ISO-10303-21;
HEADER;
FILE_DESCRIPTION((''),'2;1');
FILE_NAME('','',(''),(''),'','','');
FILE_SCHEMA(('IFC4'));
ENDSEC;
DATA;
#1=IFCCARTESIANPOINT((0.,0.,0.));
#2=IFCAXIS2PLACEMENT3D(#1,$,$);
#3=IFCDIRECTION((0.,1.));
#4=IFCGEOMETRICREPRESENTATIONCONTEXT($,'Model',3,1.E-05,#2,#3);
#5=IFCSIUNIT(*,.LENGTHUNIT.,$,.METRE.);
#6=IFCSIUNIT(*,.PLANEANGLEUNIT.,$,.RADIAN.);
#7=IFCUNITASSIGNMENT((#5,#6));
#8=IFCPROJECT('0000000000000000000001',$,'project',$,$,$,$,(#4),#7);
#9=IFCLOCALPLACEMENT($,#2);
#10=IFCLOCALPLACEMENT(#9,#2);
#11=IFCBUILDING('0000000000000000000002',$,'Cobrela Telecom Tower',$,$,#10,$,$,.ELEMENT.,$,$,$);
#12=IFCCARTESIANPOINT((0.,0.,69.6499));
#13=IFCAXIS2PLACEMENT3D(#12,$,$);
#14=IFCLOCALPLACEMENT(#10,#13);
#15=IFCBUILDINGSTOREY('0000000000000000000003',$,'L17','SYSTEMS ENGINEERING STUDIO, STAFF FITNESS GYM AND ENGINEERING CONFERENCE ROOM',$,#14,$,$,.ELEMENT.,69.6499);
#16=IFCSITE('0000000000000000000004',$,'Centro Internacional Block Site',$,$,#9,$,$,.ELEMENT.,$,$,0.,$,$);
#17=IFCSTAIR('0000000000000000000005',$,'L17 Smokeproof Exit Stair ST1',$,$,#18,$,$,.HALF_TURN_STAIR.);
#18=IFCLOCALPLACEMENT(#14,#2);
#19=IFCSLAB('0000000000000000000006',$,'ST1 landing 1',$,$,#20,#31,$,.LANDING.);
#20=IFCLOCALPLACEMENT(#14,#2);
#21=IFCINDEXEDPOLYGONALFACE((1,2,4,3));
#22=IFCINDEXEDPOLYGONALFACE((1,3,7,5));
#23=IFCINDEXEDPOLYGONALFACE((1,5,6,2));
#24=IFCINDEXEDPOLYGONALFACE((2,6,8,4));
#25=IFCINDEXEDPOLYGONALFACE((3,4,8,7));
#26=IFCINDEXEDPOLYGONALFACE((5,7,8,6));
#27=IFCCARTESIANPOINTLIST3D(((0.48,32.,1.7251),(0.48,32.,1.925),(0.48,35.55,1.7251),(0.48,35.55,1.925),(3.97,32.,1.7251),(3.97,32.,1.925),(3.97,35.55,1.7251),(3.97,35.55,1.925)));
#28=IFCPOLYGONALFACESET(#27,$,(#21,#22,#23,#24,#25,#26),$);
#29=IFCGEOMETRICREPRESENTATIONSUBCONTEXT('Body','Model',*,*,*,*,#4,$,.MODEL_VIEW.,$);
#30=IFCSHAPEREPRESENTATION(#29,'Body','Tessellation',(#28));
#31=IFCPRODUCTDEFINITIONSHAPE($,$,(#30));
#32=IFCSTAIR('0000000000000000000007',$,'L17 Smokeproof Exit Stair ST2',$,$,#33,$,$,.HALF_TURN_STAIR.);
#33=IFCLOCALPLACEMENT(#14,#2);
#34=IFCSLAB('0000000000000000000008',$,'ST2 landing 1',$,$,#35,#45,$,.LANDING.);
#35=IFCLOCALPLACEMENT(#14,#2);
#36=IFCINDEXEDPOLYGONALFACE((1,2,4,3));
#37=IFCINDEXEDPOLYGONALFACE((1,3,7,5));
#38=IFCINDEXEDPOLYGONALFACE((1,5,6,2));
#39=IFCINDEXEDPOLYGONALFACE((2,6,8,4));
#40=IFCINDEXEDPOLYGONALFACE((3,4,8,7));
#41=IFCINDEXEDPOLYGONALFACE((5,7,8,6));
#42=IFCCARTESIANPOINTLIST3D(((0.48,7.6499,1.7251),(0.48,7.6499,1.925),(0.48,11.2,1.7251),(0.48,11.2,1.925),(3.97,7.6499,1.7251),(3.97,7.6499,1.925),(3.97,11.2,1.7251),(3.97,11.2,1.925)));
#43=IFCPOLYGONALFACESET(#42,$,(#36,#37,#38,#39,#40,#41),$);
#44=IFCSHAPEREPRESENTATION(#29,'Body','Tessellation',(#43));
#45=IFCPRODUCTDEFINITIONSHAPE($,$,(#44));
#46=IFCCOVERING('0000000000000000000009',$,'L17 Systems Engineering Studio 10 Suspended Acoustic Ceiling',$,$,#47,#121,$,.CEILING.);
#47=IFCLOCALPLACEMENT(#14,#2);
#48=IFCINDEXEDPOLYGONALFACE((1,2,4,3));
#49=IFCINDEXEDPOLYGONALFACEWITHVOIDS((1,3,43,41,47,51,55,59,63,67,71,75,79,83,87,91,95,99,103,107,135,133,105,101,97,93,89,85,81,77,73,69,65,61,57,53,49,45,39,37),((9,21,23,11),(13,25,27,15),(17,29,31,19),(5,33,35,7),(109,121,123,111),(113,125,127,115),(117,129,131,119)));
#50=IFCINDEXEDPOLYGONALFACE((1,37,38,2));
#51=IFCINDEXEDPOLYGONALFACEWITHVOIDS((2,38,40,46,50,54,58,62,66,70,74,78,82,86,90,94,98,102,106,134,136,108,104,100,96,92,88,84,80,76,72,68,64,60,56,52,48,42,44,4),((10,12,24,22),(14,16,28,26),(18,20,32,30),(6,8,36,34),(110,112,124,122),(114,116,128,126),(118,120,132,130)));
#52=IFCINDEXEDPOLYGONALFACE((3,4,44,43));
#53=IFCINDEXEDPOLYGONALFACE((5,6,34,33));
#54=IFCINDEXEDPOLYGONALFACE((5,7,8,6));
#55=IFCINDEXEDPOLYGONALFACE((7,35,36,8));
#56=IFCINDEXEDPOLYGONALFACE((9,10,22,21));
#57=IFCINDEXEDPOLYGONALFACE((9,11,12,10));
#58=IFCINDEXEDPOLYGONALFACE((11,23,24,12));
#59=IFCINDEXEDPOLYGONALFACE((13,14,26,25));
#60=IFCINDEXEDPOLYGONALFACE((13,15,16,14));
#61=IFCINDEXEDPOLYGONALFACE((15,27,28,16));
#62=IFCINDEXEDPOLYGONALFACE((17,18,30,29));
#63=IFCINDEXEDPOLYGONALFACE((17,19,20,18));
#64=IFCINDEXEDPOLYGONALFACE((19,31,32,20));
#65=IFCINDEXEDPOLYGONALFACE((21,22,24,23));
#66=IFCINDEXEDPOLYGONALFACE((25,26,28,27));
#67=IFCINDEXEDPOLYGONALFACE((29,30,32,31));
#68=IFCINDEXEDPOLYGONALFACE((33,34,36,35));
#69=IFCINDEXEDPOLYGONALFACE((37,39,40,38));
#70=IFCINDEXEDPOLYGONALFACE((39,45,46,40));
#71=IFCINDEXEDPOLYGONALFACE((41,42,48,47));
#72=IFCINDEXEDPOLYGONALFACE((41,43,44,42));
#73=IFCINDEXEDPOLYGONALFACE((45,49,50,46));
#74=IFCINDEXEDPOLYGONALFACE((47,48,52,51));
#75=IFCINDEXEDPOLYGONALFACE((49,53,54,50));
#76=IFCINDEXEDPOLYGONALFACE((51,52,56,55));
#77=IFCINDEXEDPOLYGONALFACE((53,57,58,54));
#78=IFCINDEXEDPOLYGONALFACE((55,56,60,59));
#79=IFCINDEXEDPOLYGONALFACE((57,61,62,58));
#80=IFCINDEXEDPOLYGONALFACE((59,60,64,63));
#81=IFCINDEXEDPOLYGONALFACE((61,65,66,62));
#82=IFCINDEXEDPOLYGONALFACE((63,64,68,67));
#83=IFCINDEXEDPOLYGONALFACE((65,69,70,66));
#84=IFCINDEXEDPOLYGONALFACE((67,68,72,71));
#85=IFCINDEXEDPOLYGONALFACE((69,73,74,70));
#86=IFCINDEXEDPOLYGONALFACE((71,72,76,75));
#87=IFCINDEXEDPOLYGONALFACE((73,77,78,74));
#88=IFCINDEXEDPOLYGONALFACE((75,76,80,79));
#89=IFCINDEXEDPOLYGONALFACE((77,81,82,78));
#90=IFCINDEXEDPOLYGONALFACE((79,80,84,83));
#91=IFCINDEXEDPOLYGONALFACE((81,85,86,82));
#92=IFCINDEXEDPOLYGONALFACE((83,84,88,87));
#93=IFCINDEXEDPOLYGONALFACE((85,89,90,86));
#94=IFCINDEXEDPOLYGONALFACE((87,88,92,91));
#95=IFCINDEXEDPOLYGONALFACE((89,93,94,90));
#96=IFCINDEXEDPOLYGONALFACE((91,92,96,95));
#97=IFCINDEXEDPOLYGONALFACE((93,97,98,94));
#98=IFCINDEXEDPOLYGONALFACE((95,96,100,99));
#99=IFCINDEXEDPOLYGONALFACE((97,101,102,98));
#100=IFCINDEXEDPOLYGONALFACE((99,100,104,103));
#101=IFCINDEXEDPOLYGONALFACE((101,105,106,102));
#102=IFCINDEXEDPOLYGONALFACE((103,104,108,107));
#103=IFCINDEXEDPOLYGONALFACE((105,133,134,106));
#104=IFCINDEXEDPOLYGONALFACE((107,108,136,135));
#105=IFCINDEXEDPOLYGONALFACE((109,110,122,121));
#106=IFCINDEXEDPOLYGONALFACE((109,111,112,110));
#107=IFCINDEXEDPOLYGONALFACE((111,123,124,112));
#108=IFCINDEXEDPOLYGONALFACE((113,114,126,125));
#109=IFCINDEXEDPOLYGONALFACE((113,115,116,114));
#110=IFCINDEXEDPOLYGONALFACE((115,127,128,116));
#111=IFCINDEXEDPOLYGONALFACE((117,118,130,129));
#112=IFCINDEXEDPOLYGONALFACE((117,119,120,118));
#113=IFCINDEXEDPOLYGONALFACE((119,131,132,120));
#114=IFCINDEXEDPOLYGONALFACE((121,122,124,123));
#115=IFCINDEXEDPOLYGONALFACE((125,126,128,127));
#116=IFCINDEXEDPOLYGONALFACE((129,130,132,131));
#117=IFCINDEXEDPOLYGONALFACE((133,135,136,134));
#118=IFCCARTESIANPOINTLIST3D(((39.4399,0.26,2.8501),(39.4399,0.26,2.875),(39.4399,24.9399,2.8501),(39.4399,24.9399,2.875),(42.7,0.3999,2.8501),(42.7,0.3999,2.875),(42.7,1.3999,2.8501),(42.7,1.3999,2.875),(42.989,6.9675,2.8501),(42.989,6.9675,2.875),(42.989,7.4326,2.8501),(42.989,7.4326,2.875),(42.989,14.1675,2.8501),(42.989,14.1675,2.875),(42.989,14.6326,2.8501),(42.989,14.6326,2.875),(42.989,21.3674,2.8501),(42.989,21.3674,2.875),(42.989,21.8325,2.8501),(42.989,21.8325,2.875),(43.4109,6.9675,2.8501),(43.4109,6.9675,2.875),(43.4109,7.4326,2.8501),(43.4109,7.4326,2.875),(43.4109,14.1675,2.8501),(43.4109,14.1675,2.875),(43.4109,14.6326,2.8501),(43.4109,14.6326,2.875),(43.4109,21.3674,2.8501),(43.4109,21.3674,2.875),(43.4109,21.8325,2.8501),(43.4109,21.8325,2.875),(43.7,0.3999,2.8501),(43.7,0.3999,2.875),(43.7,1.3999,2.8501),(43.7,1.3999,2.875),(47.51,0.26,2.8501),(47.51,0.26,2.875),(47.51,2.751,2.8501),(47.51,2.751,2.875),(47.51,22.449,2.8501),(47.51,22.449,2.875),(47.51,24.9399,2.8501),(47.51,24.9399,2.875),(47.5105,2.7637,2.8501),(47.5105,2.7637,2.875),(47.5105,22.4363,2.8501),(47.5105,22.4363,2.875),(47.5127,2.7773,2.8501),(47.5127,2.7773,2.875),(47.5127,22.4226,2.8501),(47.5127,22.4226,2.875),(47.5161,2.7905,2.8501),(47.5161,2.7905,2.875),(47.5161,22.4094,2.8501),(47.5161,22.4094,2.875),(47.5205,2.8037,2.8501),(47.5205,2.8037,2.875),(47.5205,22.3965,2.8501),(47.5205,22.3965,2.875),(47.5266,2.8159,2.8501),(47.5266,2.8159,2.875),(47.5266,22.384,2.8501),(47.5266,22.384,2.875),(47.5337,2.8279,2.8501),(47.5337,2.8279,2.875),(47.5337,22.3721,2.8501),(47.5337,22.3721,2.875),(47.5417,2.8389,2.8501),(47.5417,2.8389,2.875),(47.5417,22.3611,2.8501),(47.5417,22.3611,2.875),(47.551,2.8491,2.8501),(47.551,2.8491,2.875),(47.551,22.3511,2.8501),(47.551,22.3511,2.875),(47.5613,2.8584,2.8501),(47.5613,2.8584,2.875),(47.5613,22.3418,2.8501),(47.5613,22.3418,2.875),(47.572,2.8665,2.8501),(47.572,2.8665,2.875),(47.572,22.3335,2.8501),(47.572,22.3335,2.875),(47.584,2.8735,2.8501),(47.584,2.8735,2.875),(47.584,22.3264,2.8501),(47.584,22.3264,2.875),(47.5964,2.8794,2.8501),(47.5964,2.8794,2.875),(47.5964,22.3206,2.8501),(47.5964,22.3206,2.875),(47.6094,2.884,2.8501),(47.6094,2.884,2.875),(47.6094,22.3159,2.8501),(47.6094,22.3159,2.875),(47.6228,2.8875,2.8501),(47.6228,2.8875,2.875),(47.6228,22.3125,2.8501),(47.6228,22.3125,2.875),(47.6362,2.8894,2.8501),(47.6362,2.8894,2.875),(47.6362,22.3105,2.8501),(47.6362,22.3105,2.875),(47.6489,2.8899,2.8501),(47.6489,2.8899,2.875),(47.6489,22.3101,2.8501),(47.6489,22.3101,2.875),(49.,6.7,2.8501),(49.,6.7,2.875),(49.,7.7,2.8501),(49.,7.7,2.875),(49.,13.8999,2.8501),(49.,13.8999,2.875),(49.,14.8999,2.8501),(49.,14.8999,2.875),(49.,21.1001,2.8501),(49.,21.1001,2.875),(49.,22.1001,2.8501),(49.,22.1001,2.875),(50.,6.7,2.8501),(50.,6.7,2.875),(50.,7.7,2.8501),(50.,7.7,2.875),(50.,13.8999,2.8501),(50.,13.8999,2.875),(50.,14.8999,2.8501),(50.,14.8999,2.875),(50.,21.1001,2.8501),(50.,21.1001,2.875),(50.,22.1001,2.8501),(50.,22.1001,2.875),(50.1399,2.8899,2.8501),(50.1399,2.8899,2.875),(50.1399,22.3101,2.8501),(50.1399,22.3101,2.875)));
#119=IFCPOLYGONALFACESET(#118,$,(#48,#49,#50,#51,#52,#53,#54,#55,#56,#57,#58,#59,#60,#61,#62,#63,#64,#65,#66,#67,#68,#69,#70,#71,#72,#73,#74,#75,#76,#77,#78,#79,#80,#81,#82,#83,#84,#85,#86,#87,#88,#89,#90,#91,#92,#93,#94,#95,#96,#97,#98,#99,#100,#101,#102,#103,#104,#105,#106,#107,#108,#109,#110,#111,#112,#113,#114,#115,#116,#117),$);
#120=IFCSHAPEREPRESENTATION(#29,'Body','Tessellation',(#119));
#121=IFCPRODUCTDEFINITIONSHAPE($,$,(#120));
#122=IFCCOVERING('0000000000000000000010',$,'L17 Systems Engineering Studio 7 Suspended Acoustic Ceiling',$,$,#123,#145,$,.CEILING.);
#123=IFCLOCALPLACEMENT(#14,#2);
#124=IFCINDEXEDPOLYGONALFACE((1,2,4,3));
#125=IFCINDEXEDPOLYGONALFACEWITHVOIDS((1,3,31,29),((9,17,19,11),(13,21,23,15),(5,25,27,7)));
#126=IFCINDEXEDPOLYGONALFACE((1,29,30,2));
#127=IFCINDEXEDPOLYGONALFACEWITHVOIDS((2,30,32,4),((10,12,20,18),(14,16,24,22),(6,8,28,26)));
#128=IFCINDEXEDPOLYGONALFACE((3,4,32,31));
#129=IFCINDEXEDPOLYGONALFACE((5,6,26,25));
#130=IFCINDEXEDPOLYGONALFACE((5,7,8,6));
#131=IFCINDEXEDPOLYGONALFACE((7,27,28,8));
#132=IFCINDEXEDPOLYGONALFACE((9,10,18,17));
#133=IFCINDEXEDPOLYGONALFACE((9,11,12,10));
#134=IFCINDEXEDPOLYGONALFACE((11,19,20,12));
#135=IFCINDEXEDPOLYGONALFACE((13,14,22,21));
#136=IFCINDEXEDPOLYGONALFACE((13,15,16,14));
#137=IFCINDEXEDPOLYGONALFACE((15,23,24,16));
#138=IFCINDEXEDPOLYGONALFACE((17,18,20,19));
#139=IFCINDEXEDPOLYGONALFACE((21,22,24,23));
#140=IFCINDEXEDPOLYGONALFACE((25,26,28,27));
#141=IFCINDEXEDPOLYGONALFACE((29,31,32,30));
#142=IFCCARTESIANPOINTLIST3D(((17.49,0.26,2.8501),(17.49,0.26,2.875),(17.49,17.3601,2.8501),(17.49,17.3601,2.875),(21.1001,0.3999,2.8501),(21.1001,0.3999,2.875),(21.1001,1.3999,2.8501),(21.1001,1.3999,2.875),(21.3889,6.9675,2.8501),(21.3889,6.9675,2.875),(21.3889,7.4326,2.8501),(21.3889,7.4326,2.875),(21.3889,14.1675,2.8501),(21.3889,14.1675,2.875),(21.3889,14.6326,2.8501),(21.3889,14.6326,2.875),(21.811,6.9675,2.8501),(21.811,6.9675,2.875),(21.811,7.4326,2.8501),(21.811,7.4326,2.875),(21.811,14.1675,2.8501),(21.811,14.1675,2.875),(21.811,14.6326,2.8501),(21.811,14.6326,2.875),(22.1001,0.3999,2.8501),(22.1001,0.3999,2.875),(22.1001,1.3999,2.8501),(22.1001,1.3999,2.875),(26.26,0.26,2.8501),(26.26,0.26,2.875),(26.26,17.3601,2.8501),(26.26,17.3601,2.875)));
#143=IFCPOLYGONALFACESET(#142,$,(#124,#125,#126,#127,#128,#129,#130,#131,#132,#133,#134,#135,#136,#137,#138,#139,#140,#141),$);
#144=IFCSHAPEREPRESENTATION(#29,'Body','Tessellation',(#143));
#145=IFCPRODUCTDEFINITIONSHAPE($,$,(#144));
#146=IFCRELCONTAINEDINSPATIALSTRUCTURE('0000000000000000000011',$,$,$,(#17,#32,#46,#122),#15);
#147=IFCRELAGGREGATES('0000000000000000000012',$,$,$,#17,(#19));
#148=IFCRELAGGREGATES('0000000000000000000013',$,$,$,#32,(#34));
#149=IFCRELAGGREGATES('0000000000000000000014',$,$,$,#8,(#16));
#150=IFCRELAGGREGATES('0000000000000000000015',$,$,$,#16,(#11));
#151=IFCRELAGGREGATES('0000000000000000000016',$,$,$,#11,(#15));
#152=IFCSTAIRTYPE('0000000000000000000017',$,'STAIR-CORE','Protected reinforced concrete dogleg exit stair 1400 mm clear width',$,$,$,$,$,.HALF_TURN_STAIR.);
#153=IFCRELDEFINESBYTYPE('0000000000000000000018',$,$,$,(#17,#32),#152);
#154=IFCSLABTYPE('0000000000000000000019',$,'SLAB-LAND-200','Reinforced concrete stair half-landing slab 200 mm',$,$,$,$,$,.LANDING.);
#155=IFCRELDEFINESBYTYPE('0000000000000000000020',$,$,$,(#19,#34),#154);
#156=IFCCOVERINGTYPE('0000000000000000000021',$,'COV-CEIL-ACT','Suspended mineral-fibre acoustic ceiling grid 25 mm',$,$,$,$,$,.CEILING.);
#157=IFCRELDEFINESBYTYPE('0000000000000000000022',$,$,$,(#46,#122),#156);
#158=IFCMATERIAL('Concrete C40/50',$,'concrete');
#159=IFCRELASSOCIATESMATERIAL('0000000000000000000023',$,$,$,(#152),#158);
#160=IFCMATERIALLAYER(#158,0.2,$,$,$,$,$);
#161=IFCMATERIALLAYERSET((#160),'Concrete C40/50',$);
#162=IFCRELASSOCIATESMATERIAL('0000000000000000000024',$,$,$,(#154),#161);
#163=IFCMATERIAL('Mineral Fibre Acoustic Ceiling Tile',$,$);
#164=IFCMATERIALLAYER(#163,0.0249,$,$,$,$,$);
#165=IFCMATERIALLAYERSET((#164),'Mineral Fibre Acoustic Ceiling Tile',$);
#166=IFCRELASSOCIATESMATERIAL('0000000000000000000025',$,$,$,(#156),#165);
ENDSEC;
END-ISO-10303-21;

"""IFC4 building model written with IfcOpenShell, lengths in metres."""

from ifc_helpers import new_model, si_unit, direction, frame, origin, place, context, subcontext, project, spatial, polyline, outline, extrude, material, layer, layer_set, type_object, element, aggregate, save


model = new_model("IFC4")

# Units and contexts
model_context = context("Model", 3, precision=1e-05, world=origin(), true_north=direction((0.0, 1.0)))
body_context = subcontext(model_context, "Body", "Model", "MODEL_VIEW")
ifc_project = project(units=[si_unit("LENGTHUNIT", "METRE"), si_unit("PLANEANGLEUNIT", "RADIAN")], contexts=[model_context])

# Site, building, storey
site_placement = place(None, origin())
site = spatial("IfcSite", under=ifc_project, at=site_placement, Name="Centro Internacional Block Site", CompositionType="ELEMENT", RefElevation=0.0)
building_placement = place(site_placement, origin())
building = spatial("IfcBuilding", under=site, at=building_placement, Name="Cobrela Telecom Tower", CompositionType="ELEMENT")
storey_placement = place(building_placement, frame((0.0, 0.0, 69.6499)))
storey = spatial("IfcBuildingStorey", under=building, at=storey_placement, Name="L17", Description="SYSTEMS ENGINEERING STUDIO, STAFF FITNESS GYM AND ENGINEERING CONFERENCE ROOM", CompositionType="ELEMENT", Elevation=69.6499)

# Shared definitions
ifc_material_1 = material(Name="Concrete C40/50", Category="concrete")

# Stairs, slabs
stair_type = type_object("IfcStairType", Name="STAIR-CORE", Description="Protected reinforced concrete dogleg exit stair 1400 mm clear width", PredefinedType="HALF_TURN_STAIR", material=ifc_material_1)
stair_1_placement = place(storey_placement, origin())
stair_1 = element("IfcStair", 1, at=stair_1_placement, inside=storey, type_object=stair_type, Name="L17 Smokeproof Exit Stair ST1", PredefinedType="HALF_TURN_STAIR")
ifc_layer_1 = layer(ifc_material_1, 0.2)
ifc_layer_set_1 = layer_set([ifc_layer_1], Name="Concrete C40/50")
slab_type_1 = type_object("IfcSlabType", Name="SLAB-LAND-200", Description="Reinforced concrete stair half-landing slab 200 mm", PredefinedType="LANDING", material=ifc_layer_set_1)
slab_1_placement = place(storey_placement, frame((0.0, 0.0, 1.7251)))
slab_1 = element("IfcSlab", 2, at=slab_1_placement, type_object=slab_type_1, Name="ST1 landing 1", PredefinedType="LANDING", context=body_context, shape_type="SweptSolid", body=[
    extrude(outline(polyline([(3.97, 35.55), (0.48, 35.55), (0.48, 32.0), (3.97, 32.0), (3.97, 35.55)])), origin(), (0.0, 0.0, 1.0), 0.2),
])
aggregate(stair_1, [slab_1])
stair_2_placement = place(storey_placement, origin())
stair_2 = element("IfcStair", 3, at=stair_2_placement, inside=storey, type_object=stair_type, Name="L17 Smokeproof Exit Stair ST2", PredefinedType="HALF_TURN_STAIR")
slab_2_placement = place(storey_placement, frame((0.0, 0.0, 1.7251)))
slab_2 = element("IfcSlab", 4, at=slab_2_placement, type_object=slab_type_1, Name="ST2 landing 1", PredefinedType="LANDING", context=body_context, shape_type="SweptSolid", body=[
    extrude(outline(polyline([(3.97, 11.2), (0.48, 11.2), (0.48, 7.6499), (3.97, 7.6499), (3.97, 11.2)])), origin(), (0.0, 0.0, 1.0), 0.2),
])
aggregate(stair_2, [slab_2])

# Coverings
ifc_material_2 = material(Name="Mineral Fibre Acoustic Ceiling Tile")
ifc_layer_2 = layer(ifc_material_2, 0.0249)
ifc_layer_set_2 = layer_set([ifc_layer_2], Name="Mineral Fibre Acoustic Ceiling Tile")
covering_type_1 = type_object("IfcCoveringType", Name="COV-CEIL-ACT", Description="Suspended mineral-fibre acoustic ceiling grid 25 mm", PredefinedType="CEILING", material=ifc_layer_set_2)
covering_1_placement = place(storey_placement, frame((0.0, 0.0, 2.8501)))
element("IfcCovering", 5, at=covering_1_placement, inside=storey, type_object=covering_type_1, Name="L17 Systems Engineering Studio 10 Suspended Acoustic Ceiling", PredefinedType="CEILING", context=body_context, shape_type="SweptSolid", body=[
    extrude(outline(polyline([(47.6228, 2.8875), (47.6094, 2.884), (47.5964, 2.8794), (47.584, 2.8735), (47.572, 2.8665), (47.5613, 2.8584), (47.551, 2.8491), (47.5417, 2.8389), (47.5337, 2.8279), (47.5266, 2.8159), (47.5205, 2.8037), (47.5161, 2.7905), (47.5127, 2.7773), (47.5105, 2.7637), (47.51, 2.751), (47.51, 0.26), (39.4399, 0.26), (39.4399, 24.9399), (47.51, 24.9399), (47.51, 22.449), (47.5105, 22.4363), (47.5127, 22.4226), (47.5161, 22.4094), (47.5205, 22.3965), (47.5266, 22.384), (47.5337, 22.3721), (47.5417, 22.3611), (47.551, 22.3511), (47.5613, 22.3418), (47.572, 22.3335), (47.584, 22.3264), (47.5964, 22.3206), (47.6094, 22.3159), (47.6228, 22.3125), (47.6362, 22.3105), (47.6489, 22.3101), (50.1399, 22.3101), (50.1399, 2.8899), (47.6489, 2.8899), (47.6362, 2.8894), (47.6228, 2.8875)]), holes=[polyline([(43.7, 0.3999), (43.7, 1.3999), (42.7, 1.3999), (42.7, 0.3999), (43.7, 0.3999)]), polyline([(43.4109, 6.9675), (43.4109, 7.4326), (42.989, 7.4326), (42.989, 6.9675), (43.4109, 6.9675)]), polyline([(50.0, 6.7), (50.0, 7.7), (49.0, 7.7), (49.0, 6.7), (50.0, 6.7)]), polyline([(43.4109, 14.1675), (43.4109, 14.6326), (42.989, 14.6326), (42.989, 14.1675), (43.4109, 14.1675)]), polyline([(50.0, 13.8999), (50.0, 14.8999), (49.0, 14.8999), (49.0, 13.8999), (50.0, 13.8999)]), polyline([(43.4109, 21.3674), (43.4109, 21.8325), (42.989, 21.8325), (42.989, 21.3674), (43.4109, 21.3674)]), polyline([(50.0, 21.1001), (50.0, 22.1001), (49.0, 22.1001), (49.0, 21.1001), (50.0, 21.1001)])]), origin(), (0.0, 0.0, 1.0), 0.0249),
])
covering_2_placement = place(storey_placement, frame((0.0, 0.0, 2.8501)))
element("IfcCovering", 6, at=covering_2_placement, inside=storey, type_object=covering_type_1, Name="L17 Systems Engineering Studio 7 Suspended Acoustic Ceiling", PredefinedType="CEILING", context=body_context, shape_type="SweptSolid", body=[
    extrude(outline(polyline([(26.26, 0.26), (17.49, 0.26), (17.49, 17.3601), (26.26, 17.3601), (26.26, 0.26)]), holes=[polyline([(22.1001, 0.3999), (22.1001, 1.3999), (21.1001, 1.3999), (21.1001, 0.3999), (22.1001, 0.3999)]), polyline([(21.811, 6.9675), (21.811, 7.4326), (21.3889, 7.4326), (21.3889, 6.9675), (21.811, 6.9675)]), polyline([(21.811, 14.1675), (21.811, 14.6326), (21.3889, 14.6326), (21.3889, 14.1675), (21.811, 14.1675)])]), origin(), (0.0, 0.0, 1.0), 0.0249),
])

save(model, "model.ifc")
